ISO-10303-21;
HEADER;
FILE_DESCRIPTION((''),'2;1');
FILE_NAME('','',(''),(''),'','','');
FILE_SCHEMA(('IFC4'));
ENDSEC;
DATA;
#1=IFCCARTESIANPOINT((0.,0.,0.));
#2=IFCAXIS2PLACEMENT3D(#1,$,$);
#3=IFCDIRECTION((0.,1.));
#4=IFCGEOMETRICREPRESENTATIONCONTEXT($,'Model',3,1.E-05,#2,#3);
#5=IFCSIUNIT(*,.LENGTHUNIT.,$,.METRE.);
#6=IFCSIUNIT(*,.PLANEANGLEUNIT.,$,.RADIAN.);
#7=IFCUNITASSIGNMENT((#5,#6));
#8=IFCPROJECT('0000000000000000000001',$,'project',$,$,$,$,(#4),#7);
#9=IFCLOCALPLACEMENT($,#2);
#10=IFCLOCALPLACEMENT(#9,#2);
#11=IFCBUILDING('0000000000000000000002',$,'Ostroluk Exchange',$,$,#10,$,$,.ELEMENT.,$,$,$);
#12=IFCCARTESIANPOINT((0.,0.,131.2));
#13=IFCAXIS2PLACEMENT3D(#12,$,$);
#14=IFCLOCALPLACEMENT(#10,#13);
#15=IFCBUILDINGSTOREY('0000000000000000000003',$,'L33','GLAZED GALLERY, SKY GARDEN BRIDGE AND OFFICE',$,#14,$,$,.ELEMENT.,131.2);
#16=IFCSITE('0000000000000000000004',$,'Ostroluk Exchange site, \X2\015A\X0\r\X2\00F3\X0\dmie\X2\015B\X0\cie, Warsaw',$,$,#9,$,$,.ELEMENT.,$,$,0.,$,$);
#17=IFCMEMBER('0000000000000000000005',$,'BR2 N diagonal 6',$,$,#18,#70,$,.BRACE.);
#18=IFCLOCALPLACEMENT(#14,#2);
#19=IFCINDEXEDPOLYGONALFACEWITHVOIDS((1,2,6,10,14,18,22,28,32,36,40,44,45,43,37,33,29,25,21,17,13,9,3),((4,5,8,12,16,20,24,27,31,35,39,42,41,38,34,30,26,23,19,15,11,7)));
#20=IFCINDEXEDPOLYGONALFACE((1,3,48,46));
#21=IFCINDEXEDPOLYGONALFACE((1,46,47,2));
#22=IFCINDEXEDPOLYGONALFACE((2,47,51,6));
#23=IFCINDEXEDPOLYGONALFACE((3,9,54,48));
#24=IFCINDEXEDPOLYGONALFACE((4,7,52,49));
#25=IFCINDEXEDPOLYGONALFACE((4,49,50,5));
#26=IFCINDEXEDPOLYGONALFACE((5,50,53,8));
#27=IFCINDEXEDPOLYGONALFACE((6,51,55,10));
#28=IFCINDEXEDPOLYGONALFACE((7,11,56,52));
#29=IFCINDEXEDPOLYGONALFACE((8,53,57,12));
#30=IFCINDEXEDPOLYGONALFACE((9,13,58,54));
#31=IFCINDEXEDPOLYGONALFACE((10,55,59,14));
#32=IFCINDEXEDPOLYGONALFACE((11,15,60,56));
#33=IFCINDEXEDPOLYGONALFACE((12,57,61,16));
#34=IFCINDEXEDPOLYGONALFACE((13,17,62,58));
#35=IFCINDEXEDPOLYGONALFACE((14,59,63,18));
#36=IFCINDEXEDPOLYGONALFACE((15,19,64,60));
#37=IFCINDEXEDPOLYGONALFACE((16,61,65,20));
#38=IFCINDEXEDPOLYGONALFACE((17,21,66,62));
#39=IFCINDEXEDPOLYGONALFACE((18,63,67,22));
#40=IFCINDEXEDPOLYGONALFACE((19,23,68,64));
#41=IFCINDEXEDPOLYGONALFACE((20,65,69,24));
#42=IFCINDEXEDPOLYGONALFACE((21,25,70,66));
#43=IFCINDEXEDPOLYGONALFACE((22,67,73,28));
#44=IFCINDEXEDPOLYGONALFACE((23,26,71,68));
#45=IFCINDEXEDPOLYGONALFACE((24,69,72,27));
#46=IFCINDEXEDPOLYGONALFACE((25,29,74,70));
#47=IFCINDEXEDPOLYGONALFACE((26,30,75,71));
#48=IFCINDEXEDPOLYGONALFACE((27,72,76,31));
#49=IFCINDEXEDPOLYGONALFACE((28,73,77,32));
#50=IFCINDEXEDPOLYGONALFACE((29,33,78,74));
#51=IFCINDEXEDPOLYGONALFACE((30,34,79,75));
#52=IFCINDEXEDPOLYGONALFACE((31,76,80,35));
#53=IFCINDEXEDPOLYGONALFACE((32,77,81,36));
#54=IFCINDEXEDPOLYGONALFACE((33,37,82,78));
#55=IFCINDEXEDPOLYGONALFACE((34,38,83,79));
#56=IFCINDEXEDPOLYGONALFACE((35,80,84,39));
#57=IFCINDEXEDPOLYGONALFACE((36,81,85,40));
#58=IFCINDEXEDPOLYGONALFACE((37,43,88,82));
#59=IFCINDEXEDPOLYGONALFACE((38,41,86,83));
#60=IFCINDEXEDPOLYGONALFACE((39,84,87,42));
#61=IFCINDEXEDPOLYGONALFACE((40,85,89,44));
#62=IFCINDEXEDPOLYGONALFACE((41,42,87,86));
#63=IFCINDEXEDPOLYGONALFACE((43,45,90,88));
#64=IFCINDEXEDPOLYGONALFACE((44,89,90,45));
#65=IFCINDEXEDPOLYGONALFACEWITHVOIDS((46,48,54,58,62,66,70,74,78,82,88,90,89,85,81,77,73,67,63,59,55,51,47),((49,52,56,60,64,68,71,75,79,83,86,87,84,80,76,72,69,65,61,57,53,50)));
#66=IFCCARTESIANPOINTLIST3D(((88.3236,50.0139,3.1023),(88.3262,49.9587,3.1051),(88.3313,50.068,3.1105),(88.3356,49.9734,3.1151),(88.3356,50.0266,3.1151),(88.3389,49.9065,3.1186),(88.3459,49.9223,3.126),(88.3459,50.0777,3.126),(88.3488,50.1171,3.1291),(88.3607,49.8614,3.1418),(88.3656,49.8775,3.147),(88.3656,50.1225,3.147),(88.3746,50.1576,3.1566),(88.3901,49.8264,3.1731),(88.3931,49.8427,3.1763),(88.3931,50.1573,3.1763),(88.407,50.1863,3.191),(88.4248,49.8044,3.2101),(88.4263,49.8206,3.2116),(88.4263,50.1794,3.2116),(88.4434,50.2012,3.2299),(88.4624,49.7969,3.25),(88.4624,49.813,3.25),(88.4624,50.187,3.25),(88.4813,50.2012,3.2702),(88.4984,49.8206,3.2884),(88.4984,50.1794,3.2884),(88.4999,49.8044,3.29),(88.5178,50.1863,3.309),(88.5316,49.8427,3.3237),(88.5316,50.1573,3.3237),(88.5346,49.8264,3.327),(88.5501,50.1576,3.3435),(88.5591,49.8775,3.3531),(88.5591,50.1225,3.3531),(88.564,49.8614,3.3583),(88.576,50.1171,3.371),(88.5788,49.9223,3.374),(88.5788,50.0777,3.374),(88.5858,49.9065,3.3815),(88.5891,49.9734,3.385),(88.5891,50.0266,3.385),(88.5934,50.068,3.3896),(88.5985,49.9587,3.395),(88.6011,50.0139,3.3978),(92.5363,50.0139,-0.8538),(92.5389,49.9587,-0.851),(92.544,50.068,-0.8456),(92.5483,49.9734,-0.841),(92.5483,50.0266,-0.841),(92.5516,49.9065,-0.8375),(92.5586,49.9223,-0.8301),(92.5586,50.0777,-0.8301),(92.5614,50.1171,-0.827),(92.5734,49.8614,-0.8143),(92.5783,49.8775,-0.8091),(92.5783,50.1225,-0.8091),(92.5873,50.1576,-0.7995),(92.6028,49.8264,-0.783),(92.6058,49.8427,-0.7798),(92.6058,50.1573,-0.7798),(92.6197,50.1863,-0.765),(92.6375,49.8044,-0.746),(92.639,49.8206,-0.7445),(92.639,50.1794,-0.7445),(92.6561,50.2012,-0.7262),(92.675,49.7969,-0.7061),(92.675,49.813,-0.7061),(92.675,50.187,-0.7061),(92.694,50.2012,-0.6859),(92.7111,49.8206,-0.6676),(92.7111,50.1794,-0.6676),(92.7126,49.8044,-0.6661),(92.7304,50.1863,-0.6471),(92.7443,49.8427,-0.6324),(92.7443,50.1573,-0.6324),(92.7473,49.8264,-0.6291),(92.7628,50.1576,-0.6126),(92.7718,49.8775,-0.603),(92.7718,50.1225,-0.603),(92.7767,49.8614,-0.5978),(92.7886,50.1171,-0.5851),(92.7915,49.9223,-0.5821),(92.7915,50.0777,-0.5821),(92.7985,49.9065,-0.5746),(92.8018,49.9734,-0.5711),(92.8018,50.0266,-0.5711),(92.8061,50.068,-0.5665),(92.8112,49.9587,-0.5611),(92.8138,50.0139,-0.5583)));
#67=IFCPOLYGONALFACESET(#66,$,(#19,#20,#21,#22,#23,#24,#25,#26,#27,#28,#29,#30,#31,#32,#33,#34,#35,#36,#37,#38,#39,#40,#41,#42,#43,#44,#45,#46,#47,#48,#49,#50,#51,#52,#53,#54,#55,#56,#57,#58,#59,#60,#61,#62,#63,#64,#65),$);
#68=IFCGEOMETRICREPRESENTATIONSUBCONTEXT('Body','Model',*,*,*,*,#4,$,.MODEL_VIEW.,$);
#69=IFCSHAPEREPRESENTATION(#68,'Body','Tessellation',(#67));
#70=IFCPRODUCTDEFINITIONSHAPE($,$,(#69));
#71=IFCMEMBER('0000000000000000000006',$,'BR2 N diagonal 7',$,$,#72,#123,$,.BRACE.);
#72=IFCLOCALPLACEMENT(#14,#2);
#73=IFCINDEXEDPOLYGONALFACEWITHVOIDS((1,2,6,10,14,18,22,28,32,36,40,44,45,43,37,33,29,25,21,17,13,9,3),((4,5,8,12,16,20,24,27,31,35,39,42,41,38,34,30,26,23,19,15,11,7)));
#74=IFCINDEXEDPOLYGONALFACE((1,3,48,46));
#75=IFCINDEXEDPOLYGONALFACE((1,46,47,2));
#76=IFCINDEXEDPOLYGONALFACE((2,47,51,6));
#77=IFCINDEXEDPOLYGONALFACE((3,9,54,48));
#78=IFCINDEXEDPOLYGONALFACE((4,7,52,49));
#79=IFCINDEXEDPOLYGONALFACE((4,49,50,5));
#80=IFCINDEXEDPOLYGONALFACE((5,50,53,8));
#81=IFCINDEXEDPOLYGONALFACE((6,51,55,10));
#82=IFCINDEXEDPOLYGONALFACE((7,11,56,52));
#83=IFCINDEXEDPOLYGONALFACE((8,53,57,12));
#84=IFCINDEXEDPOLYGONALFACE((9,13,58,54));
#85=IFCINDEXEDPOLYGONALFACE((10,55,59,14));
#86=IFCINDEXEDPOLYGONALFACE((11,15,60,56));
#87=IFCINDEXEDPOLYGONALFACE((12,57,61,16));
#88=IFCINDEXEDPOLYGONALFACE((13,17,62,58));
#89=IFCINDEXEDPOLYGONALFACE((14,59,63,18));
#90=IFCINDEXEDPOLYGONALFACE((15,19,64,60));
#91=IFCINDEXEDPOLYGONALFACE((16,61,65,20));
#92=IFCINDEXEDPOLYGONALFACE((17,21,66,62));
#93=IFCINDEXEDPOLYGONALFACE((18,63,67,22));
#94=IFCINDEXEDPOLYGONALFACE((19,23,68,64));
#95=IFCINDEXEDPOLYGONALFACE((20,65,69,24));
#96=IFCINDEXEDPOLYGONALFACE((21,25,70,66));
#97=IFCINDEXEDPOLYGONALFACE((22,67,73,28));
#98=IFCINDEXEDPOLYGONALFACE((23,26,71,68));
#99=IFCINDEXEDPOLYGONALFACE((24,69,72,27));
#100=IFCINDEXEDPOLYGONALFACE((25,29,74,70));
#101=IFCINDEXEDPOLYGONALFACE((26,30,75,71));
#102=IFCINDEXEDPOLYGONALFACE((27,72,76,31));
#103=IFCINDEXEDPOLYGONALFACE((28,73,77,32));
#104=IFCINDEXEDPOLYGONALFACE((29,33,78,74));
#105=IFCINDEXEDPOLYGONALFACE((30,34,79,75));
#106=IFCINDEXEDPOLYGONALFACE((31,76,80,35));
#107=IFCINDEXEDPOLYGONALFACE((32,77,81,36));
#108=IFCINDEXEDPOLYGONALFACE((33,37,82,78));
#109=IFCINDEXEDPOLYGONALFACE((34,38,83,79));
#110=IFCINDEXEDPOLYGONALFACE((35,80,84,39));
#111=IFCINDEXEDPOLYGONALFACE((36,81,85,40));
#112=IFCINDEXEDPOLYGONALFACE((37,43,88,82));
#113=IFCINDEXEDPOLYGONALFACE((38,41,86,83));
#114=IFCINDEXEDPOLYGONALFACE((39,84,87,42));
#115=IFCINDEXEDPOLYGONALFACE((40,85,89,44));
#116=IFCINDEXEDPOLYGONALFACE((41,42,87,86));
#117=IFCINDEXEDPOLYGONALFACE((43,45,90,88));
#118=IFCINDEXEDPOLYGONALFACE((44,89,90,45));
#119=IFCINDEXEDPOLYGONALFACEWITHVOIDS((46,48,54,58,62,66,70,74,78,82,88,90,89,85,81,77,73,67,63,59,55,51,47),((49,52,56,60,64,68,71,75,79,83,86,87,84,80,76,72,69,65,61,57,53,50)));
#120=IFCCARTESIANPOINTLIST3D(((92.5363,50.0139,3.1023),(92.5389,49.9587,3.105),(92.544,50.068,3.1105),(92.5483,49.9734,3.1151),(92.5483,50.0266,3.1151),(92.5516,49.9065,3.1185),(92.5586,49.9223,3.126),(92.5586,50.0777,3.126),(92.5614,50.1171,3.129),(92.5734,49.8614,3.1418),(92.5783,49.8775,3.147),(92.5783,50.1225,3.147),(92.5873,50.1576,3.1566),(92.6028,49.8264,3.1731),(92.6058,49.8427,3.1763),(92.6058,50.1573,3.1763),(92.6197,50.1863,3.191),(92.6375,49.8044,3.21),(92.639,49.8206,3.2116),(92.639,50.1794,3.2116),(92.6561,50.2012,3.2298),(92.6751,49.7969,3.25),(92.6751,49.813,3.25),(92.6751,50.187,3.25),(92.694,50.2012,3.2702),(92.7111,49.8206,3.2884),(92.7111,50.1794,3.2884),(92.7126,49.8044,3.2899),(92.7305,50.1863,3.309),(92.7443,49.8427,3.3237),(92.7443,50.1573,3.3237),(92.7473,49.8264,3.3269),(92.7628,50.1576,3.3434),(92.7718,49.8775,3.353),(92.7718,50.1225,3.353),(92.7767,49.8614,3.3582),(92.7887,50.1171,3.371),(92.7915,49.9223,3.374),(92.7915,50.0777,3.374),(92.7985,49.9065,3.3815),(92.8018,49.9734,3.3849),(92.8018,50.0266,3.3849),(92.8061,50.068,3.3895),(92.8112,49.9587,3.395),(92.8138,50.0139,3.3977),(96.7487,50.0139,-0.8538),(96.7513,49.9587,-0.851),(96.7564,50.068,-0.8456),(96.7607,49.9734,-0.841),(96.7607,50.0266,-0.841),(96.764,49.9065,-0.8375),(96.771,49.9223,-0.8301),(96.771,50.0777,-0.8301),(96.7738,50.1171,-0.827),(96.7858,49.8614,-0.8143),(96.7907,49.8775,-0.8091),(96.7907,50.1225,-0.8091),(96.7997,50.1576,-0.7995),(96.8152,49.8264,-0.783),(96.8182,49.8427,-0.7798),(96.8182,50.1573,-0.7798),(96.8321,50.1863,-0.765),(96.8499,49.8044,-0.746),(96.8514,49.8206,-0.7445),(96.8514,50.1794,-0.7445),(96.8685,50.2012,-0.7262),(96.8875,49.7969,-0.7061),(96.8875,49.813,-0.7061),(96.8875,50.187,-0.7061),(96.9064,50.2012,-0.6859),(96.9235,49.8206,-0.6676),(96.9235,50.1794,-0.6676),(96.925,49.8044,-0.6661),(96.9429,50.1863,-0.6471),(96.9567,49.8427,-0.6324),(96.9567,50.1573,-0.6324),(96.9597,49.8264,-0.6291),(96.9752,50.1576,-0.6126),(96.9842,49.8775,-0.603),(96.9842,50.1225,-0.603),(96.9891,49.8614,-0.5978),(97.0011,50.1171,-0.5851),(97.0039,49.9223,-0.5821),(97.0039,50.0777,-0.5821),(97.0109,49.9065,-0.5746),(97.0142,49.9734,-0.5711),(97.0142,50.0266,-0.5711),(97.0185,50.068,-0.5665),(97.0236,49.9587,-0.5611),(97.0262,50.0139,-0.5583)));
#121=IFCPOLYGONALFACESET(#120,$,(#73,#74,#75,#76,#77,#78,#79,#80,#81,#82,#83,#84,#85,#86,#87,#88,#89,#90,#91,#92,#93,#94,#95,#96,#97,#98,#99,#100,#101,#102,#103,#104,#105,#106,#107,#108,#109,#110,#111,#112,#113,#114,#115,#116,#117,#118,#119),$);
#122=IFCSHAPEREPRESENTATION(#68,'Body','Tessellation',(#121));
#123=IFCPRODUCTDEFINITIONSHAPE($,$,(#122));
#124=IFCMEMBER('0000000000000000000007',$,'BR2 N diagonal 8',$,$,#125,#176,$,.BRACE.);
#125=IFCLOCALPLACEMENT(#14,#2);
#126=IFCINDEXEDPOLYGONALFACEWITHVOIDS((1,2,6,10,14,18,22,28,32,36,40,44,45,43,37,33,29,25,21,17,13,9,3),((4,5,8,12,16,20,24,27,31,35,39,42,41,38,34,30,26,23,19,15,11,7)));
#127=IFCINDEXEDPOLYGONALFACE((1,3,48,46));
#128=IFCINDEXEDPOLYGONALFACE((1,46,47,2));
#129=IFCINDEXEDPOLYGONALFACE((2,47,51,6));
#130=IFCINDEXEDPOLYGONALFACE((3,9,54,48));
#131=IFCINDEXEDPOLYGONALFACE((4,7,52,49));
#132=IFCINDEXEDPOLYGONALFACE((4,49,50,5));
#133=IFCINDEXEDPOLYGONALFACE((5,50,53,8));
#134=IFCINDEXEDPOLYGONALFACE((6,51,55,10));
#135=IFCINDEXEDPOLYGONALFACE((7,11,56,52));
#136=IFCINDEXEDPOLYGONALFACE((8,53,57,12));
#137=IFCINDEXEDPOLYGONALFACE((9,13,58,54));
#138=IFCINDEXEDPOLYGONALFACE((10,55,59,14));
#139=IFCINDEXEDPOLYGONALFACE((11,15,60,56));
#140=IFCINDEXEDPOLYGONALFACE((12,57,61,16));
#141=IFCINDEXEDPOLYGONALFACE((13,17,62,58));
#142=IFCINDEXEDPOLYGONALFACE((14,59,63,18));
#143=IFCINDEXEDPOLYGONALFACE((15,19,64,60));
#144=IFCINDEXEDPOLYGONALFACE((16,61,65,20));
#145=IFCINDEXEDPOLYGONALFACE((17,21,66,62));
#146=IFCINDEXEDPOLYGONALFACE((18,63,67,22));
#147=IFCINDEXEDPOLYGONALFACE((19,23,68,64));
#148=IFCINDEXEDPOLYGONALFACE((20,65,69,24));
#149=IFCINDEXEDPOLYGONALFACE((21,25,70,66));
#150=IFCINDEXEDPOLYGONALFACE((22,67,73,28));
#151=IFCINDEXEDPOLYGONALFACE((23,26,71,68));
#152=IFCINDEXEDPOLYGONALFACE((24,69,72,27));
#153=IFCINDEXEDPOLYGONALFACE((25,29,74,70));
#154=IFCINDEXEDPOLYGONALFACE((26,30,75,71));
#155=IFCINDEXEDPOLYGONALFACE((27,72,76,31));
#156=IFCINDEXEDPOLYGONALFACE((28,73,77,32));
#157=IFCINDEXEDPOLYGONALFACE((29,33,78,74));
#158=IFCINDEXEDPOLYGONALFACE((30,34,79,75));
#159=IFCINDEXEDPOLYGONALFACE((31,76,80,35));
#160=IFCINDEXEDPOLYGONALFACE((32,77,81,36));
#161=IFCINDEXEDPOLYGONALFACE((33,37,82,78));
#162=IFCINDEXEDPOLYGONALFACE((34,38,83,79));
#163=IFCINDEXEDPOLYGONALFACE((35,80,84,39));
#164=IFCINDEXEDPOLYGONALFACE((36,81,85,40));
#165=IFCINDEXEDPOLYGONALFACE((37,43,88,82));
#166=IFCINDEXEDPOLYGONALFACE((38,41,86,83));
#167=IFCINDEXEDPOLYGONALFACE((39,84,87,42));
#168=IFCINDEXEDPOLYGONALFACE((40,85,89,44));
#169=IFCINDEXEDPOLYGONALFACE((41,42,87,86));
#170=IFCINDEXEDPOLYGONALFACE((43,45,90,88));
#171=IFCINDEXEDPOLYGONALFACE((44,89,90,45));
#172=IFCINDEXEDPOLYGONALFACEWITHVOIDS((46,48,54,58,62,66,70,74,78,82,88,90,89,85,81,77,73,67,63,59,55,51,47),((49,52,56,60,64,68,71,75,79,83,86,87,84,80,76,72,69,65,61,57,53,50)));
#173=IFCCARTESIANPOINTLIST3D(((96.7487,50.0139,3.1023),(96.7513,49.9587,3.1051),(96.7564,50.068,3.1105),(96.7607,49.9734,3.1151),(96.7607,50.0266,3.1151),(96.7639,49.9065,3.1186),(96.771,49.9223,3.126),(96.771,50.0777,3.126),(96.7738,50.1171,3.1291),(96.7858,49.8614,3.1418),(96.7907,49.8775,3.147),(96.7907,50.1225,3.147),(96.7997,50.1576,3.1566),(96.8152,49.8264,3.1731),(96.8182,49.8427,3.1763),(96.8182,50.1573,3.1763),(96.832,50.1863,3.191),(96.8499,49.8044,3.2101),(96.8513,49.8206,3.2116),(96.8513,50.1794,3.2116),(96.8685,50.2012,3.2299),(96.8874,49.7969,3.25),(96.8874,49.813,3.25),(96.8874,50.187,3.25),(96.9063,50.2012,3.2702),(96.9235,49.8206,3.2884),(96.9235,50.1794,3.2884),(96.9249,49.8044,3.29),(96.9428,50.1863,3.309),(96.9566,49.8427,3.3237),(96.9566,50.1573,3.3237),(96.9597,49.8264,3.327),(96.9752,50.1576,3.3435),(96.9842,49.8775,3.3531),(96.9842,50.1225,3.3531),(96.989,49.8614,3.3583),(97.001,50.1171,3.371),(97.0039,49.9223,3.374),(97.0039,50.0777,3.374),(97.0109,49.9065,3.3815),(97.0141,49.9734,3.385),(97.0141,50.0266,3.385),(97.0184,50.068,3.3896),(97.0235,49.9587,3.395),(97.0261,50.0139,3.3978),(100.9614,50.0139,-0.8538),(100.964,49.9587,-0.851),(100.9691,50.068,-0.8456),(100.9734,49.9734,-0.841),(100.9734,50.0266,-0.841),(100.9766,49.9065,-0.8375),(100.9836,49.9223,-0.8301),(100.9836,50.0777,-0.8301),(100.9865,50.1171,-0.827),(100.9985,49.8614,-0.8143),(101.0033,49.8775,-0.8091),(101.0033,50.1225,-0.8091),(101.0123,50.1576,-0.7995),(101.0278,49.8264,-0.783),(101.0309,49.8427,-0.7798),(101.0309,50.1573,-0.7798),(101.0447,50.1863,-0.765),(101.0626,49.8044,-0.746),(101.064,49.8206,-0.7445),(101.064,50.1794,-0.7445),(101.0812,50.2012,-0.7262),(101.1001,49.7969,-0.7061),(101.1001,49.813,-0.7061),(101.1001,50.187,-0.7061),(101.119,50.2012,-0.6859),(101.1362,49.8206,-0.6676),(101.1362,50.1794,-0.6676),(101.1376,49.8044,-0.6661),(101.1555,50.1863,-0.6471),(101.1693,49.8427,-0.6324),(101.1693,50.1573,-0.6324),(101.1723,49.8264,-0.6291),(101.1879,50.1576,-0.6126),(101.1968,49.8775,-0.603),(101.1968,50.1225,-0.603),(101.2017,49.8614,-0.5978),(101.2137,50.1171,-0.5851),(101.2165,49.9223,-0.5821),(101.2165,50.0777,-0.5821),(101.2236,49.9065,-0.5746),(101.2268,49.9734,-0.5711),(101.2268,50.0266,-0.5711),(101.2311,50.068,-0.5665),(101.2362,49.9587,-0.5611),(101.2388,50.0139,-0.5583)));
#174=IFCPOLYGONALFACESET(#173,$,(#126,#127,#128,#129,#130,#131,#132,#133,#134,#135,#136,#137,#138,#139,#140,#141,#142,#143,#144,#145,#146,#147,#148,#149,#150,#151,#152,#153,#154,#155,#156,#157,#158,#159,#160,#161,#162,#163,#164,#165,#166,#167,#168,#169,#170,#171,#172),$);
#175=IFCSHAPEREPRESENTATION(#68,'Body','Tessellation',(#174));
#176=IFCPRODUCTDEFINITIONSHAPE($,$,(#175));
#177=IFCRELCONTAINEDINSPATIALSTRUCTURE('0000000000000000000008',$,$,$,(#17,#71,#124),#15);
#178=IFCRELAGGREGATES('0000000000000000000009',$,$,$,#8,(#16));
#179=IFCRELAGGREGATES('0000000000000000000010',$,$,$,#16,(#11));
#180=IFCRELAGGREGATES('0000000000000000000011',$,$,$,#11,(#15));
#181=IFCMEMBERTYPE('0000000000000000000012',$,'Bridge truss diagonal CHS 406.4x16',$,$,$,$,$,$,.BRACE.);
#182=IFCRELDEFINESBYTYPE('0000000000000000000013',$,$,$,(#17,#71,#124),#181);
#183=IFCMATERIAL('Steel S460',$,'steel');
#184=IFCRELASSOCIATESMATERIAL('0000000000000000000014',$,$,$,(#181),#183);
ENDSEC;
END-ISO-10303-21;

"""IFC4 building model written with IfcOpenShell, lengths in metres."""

from ifc_helpers import new_model, si_unit, direction, frame, origin, origin_2d, place, context, subcontext, project, spatial, hollow_circle, extrude, material, material_profile, profile_set, type_object, element, save


model = new_model("IFC4")

# Units and contexts
model_context = context("Model", 3, precision=1e-05, world=origin(), true_north=direction((0.0, 1.0)))
body_context = subcontext(model_context, "Body", "Model", "MODEL_VIEW")
ifc_project = project(units=[si_unit("LENGTHUNIT", "METRE"), si_unit("PLANEANGLEUNIT", "RADIAN")], contexts=[model_context])

# Site, building, storey
site_placement = place(None, origin())
site = spatial("IfcSite", under=ifc_project, at=site_placement, Name="Ostroluk Exchange site, Śródmieście, Warsaw", CompositionType="ELEMENT", RefElevation=0.0)
building_placement = place(site_placement, origin())
building = spatial("IfcBuilding", under=site, at=building_placement, Name="Ostroluk Exchange", CompositionType="ELEMENT")
storey_placement = place(building_placement, frame((0.0, 0.0, 131.2)))
storey = spatial("IfcBuildingStorey", under=building, at=storey_placement, Name="L33", Description="GLAZED GALLERY, SKY GARDEN BRIDGE AND OFFICE", CompositionType="ELEMENT", Elevation=131.2)

# Members
ifc_material_1 = material(Name="Steel S460", Category="steel")
ifc_material_profile_1 = material_profile(ifc_material_1, hollow_circle(Radius=0.2031, WallThickness=0.0161, at=origin_2d()), Name="CHS 406.4x16")
ifc_profile_set_1 = profile_set([ifc_material_profile_1], Name="Steel S460")
member_type_1 = type_object("IfcMemberType", Name="Bridge truss diagonal CHS 406.4x16", PredefinedType="BRACE", material=ifc_profile_set_1)
member_1_placement = place(storey_placement, frame((92.675, 50.0, -0.7061), z_axis=(-0.728959, 0.0, 0.684558), x_axis=(0.0, -1.0, 0.0)))
element("IfcMember", 1, at=member_1_placement, inside=storey, type_object=member_type_1, Name="BR2 N diagonal 6", PredefinedType="BRACE", context=body_context, shape_type="SweptSolid", body=[
    extrude(hollow_circle(Radius=0.2031, WallThickness=0.0161, at=origin_2d()), origin(), (0.0, 0.0, 1.0), 5.7791),
])
member_2_placement = place(storey_placement, frame((96.8875, 50.0, -0.7061), z_axis=(-0.728939, 0.0, 0.684579), x_axis=(0.0, -1.0, 0.0)))
element("IfcMember", 2, at=member_2_placement, inside=storey, type_object=member_type_1, Name="BR2 N diagonal 7", PredefinedType="BRACE", context=body_context, shape_type="SweptSolid", body=[
    extrude(hollow_circle(Radius=0.2031, WallThickness=0.0161, at=origin_2d()), origin(), (0.0, 0.0, 1.0), 5.7788),
])
member_3_placement = place(storey_placement, frame((101.1001, 50.0, -0.7061), z_axis=(-0.728959, 0.0, 0.684558), x_axis=(0.0, -1.0, 0.0)))
element("IfcMember", 3, at=member_3_placement, inside=storey, type_object=member_type_1, Name="BR2 N diagonal 8", PredefinedType="BRACE", context=body_context, shape_type="SweptSolid", body=[
    extrude(hollow_circle(Radius=0.2031, WallThickness=0.0161, at=origin_2d()), origin(), (0.0, 0.0, 1.0), 5.7791),
])

save(model, "model.ifc")
